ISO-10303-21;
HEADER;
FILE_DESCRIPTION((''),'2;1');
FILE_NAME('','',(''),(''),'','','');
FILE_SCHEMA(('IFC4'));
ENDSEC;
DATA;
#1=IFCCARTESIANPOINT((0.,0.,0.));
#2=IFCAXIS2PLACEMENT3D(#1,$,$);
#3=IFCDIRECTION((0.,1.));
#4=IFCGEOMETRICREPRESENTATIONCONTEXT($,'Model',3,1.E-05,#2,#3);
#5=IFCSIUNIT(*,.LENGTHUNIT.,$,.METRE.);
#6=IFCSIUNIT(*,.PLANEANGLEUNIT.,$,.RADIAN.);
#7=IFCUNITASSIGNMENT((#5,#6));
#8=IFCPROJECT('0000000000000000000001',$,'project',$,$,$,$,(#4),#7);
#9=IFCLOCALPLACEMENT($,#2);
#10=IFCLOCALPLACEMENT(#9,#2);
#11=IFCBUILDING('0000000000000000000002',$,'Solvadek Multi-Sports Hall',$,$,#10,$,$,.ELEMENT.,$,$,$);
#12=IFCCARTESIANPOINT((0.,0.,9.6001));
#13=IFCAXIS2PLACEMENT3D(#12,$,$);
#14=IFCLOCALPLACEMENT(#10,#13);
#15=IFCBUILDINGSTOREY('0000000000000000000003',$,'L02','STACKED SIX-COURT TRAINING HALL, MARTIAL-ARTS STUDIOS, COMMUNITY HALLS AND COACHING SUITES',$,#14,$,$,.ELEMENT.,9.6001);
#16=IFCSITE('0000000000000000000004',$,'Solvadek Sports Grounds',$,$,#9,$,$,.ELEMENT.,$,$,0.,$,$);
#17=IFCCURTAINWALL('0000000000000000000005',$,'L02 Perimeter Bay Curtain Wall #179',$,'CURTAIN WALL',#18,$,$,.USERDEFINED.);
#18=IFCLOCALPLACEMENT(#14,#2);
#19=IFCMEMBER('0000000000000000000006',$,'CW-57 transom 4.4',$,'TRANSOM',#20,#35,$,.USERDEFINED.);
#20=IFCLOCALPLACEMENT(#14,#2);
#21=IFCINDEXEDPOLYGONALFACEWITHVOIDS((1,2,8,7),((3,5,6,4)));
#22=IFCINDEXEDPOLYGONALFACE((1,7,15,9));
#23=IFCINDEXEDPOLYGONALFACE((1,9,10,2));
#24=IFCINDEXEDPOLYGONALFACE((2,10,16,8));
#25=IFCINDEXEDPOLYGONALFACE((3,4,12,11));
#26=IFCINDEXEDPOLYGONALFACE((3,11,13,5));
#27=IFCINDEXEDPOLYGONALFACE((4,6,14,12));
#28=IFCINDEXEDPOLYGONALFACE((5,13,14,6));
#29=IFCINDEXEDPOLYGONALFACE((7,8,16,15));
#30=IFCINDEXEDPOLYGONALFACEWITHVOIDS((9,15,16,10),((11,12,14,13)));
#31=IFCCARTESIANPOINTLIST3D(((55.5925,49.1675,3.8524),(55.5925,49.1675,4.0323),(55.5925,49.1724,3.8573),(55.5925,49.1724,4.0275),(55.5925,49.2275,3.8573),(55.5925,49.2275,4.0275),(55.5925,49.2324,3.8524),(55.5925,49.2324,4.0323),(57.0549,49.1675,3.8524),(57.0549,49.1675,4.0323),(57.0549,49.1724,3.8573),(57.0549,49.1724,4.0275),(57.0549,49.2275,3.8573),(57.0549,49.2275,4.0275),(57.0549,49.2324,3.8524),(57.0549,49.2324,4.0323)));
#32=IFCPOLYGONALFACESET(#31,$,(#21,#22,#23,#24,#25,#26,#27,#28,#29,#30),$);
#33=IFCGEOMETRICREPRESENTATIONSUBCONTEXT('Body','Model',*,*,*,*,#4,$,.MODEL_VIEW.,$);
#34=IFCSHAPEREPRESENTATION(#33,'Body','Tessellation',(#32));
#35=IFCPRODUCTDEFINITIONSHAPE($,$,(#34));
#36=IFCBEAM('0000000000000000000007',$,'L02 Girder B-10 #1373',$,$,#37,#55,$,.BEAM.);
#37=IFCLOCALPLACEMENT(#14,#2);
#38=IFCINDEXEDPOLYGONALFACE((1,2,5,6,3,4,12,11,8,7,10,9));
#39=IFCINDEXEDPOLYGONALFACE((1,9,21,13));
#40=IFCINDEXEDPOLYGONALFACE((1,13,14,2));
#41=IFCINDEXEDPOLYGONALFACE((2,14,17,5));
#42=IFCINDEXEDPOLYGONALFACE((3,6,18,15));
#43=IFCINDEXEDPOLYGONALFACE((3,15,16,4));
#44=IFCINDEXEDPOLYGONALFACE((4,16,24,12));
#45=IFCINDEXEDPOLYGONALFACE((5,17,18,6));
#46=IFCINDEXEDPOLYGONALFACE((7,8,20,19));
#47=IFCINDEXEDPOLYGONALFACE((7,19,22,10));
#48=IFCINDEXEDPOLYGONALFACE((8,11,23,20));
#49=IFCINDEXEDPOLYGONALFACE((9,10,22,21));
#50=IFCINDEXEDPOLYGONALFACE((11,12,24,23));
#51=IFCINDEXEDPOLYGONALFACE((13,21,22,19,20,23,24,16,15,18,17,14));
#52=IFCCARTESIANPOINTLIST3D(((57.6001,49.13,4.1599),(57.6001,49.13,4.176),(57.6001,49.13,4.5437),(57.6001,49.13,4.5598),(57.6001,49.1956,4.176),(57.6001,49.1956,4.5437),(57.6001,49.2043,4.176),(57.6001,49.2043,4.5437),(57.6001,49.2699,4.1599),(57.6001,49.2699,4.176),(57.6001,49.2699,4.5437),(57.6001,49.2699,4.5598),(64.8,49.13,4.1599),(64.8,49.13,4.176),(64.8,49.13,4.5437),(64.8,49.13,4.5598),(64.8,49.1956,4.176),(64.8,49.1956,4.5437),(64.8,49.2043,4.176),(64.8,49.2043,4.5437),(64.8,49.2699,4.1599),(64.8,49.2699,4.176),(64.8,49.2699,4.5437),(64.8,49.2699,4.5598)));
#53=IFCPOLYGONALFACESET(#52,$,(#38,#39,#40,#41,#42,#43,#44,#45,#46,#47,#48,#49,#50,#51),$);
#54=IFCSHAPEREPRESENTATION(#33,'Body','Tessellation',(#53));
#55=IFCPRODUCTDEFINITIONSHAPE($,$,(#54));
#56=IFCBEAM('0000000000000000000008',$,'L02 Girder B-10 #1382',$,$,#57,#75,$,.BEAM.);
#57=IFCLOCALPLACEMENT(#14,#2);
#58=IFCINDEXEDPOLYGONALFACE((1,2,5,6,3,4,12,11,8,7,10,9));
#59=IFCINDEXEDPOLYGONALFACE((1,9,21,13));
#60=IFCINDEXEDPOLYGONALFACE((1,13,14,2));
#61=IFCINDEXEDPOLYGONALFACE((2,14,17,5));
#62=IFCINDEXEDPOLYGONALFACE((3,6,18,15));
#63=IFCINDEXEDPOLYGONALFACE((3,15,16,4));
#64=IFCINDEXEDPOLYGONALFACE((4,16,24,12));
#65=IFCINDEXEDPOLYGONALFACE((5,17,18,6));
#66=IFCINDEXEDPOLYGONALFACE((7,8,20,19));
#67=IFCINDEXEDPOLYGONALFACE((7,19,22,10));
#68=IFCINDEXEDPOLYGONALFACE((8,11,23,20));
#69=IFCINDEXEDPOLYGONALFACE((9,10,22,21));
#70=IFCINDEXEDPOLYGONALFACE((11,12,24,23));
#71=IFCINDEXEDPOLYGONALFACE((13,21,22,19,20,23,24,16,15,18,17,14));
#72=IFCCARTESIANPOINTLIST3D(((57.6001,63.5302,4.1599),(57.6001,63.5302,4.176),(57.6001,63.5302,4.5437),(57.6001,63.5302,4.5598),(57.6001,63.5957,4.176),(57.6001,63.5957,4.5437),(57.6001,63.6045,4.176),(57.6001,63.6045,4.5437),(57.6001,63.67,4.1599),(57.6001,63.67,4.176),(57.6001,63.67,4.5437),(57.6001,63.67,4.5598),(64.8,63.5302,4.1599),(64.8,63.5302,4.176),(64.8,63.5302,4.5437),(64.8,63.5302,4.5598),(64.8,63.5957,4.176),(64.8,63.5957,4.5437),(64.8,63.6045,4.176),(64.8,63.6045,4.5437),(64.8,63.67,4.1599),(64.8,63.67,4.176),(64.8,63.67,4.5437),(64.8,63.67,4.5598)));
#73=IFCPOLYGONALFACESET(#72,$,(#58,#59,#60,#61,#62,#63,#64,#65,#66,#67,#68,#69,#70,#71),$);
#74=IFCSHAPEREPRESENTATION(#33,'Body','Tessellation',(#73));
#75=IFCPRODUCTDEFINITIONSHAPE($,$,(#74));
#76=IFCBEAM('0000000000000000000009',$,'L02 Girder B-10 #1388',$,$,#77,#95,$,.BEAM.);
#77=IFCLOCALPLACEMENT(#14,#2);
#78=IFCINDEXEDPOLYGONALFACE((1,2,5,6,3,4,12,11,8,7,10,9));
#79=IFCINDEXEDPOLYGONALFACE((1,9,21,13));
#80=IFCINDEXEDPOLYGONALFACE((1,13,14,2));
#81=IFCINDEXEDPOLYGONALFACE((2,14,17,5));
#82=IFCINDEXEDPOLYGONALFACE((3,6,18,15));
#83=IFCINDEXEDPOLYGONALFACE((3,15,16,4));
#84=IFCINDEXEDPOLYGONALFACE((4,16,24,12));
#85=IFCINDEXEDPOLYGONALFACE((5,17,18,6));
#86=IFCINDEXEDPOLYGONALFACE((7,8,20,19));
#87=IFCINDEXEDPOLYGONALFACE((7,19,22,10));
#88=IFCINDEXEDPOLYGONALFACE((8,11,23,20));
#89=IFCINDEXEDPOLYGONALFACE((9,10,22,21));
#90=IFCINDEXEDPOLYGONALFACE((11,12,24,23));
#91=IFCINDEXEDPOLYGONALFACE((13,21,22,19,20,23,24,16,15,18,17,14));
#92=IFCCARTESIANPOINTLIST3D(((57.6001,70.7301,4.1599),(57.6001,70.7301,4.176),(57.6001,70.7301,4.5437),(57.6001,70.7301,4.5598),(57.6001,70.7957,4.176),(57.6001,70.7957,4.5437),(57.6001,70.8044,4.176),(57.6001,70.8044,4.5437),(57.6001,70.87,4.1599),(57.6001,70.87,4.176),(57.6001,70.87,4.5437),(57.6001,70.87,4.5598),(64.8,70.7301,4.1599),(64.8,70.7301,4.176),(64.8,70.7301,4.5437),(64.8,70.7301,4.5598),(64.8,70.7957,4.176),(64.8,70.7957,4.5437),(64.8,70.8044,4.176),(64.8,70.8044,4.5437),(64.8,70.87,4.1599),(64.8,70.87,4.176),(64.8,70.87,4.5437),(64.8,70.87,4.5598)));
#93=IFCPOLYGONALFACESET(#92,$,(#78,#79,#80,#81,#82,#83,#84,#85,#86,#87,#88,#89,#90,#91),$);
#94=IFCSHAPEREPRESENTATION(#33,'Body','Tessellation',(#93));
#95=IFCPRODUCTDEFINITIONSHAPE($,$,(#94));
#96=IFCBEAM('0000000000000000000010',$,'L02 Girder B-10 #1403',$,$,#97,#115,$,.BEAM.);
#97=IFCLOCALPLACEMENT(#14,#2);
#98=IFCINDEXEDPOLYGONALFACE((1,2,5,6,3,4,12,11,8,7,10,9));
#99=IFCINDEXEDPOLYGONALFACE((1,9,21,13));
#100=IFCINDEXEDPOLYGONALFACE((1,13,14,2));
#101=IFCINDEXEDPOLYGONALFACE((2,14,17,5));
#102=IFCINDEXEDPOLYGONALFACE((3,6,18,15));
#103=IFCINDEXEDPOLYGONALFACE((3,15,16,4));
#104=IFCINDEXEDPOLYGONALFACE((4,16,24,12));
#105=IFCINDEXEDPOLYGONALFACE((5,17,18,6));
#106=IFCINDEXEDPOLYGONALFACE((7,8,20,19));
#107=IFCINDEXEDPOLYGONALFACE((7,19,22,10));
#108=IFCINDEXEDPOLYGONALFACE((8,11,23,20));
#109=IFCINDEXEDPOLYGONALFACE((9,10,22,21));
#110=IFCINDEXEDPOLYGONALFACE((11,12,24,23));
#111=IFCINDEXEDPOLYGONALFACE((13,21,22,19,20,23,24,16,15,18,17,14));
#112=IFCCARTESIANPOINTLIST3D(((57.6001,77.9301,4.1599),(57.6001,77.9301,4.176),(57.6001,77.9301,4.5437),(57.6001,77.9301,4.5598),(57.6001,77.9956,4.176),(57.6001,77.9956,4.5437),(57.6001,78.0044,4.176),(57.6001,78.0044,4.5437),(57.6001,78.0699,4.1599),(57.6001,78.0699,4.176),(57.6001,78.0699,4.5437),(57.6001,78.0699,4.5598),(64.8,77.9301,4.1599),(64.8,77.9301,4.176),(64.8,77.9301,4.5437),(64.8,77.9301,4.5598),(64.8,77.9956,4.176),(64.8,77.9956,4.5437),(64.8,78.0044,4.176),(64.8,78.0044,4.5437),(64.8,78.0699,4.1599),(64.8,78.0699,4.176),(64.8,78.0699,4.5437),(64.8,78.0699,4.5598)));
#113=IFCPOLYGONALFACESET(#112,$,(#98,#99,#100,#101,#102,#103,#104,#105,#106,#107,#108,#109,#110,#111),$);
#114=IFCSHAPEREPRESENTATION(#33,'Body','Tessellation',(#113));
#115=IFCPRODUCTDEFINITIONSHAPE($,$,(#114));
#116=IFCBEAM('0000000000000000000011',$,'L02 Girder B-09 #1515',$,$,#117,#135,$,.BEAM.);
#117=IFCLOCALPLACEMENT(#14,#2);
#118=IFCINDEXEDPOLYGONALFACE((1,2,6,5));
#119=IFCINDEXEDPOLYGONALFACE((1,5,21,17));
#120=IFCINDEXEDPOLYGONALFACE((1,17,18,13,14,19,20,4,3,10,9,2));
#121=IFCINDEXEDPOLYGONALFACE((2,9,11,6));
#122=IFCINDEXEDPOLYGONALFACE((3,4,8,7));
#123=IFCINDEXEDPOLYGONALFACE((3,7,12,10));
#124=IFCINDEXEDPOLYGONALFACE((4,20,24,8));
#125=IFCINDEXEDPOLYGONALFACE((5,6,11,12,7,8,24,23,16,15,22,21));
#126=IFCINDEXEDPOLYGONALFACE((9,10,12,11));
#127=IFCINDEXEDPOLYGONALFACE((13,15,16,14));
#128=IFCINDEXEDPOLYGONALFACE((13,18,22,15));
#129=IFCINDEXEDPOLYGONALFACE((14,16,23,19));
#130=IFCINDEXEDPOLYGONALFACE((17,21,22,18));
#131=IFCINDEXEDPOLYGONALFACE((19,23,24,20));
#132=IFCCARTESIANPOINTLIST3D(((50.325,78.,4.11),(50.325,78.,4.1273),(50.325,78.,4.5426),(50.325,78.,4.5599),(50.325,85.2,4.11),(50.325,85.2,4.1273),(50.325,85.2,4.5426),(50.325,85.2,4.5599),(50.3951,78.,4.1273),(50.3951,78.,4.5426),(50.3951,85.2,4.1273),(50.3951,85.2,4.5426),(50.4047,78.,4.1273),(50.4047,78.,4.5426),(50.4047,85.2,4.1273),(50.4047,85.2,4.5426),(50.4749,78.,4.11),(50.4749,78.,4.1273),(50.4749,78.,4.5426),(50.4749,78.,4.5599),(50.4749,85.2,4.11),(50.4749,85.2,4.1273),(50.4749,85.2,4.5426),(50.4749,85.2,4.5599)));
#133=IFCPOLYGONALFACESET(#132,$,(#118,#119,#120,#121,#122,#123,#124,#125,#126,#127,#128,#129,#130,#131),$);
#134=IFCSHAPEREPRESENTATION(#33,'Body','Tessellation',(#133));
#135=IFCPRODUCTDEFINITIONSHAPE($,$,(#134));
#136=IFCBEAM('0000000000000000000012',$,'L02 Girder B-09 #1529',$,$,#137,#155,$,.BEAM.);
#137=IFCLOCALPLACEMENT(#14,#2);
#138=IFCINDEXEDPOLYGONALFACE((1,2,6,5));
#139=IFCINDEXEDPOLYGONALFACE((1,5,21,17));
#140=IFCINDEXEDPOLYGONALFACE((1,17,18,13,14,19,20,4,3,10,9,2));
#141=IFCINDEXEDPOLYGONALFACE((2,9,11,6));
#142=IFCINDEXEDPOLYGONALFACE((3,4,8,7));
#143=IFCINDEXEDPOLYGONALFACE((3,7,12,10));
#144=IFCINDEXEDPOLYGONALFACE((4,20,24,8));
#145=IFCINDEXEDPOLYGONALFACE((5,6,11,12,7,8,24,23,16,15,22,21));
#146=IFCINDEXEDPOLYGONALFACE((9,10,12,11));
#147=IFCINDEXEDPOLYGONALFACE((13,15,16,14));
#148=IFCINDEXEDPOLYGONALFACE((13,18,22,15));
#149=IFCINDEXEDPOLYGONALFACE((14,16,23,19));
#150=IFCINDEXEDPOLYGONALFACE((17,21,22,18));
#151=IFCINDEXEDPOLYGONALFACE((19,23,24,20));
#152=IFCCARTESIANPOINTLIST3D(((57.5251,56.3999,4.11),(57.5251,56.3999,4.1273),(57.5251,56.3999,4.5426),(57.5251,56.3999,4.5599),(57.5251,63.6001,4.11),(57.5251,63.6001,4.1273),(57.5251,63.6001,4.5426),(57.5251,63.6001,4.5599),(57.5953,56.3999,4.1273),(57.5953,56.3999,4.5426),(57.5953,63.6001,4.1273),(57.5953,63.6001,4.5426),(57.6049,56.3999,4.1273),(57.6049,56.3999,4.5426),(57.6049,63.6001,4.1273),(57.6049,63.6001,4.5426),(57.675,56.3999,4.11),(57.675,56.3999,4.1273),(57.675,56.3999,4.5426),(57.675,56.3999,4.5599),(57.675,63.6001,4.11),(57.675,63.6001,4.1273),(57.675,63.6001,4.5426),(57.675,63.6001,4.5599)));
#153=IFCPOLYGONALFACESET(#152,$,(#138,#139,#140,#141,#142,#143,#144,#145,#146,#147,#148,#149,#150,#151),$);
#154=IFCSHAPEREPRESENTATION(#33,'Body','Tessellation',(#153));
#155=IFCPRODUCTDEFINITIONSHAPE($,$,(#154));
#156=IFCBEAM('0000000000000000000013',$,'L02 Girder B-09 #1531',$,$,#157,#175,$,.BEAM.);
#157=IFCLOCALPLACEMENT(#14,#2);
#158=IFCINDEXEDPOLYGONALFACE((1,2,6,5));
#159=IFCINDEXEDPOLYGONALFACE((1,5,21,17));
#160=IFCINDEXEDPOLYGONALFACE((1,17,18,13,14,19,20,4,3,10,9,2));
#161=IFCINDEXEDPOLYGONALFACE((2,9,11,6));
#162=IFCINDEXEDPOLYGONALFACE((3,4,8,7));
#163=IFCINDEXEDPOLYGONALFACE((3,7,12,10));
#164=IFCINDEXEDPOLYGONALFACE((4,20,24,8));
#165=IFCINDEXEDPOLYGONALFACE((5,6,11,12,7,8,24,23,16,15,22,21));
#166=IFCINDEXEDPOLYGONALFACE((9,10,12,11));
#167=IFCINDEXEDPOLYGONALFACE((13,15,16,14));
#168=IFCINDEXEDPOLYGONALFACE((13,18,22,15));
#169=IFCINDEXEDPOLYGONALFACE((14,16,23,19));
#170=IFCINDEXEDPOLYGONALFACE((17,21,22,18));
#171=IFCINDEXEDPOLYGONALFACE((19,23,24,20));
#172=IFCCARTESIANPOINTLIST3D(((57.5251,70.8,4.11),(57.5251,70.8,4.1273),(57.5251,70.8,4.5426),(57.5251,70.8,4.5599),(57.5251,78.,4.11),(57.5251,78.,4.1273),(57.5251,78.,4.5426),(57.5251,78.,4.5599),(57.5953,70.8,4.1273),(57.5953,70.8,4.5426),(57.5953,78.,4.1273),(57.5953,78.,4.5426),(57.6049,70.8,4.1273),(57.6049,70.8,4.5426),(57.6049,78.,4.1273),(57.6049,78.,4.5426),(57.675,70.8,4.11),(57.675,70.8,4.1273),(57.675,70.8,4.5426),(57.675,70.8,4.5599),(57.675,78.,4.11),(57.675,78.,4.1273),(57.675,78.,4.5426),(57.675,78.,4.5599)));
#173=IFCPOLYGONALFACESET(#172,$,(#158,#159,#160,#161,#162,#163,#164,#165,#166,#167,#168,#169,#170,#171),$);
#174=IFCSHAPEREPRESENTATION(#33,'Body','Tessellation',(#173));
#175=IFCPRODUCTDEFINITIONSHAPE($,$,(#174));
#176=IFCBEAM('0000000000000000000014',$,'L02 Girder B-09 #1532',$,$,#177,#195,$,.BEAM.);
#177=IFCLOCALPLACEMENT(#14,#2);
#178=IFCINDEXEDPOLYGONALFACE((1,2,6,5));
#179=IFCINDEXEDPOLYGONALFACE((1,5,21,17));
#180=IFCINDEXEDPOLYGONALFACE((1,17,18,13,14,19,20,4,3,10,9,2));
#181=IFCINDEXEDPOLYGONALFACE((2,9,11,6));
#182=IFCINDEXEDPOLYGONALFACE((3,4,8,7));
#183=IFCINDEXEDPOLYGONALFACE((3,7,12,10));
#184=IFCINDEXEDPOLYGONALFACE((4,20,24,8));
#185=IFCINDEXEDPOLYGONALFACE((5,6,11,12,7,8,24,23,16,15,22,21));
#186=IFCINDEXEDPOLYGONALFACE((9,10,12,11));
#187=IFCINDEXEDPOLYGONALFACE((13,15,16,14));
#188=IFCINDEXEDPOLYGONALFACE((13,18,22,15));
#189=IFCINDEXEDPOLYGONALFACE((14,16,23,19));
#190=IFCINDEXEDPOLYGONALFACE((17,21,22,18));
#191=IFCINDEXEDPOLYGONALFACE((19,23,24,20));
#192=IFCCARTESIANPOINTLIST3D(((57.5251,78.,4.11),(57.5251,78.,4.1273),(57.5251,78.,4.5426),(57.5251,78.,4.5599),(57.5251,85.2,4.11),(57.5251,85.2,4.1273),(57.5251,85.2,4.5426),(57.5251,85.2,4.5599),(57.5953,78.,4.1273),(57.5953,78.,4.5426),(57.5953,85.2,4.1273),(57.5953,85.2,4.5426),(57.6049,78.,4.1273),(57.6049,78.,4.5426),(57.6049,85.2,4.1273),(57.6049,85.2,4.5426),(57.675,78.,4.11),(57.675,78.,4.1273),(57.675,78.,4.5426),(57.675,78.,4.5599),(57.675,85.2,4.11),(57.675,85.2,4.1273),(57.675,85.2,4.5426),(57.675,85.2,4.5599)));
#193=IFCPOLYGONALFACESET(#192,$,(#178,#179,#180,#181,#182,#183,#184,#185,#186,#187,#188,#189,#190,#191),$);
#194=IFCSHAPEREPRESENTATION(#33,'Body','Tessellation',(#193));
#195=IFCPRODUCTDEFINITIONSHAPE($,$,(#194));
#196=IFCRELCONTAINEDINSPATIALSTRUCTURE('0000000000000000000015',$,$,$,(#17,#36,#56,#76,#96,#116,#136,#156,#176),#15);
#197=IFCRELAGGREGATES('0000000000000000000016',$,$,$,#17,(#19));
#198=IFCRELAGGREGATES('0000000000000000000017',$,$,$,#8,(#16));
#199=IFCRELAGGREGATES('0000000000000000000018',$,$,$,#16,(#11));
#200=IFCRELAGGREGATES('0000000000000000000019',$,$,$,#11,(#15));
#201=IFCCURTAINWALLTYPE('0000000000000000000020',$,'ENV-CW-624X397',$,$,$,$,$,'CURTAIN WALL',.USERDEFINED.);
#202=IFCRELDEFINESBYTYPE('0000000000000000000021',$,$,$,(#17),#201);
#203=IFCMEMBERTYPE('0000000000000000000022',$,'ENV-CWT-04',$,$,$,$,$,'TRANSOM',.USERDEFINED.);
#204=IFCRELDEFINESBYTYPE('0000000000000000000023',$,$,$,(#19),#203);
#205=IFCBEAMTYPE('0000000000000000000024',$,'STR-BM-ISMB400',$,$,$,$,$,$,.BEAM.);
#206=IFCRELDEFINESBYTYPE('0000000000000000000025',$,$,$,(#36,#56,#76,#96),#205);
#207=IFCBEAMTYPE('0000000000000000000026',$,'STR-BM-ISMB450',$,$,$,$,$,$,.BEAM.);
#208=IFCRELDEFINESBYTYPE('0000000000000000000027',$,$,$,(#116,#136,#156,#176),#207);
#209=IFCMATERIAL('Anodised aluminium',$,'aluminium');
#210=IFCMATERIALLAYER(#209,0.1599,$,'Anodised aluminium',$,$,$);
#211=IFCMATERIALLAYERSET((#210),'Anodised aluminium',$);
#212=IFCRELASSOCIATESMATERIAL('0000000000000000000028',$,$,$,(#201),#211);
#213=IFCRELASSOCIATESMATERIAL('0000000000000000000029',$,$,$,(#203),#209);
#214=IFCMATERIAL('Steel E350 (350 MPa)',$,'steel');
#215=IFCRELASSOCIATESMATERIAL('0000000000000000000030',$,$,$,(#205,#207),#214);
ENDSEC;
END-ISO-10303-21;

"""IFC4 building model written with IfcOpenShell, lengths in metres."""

from ifc_helpers import new_model, si_unit, direction, frame, origin, origin_2d, place, context, subcontext, project, spatial, hollow_rectangle, i_section, extrude, material, layer, layer_set, material_profile, profile_set, type_object, element, aggregate, save


model = new_model("IFC4")

# Units and contexts
model_context = context("Model", 3, precision=1e-05, world=origin(), true_north=direction((0.0, 1.0)))
body_context = subcontext(model_context, "Body", "Model", "MODEL_VIEW")
ifc_project = project(units=[si_unit("LENGTHUNIT", "METRE"), si_unit("PLANEANGLEUNIT", "RADIAN")], contexts=[model_context])

# Site, building, storey
site_placement = place(None, origin())
site = spatial("IfcSite", under=ifc_project, at=site_placement, Name="Solvadek Sports Grounds", CompositionType="ELEMENT", RefElevation=0.0)
building_placement = place(site_placement, origin())
building = spatial("IfcBuilding", under=site, at=building_placement, Name="Solvadek Multi-Sports Hall", CompositionType="ELEMENT")
storey_placement = place(building_placement, frame((0.0, 0.0, 9.6001)))
storey = spatial("IfcBuildingStorey", under=building, at=storey_placement, Name="L02", Description="STACKED SIX-COURT TRAINING HALL, MARTIAL-ARTS STUDIOS, COMMUNITY HALLS AND COACHING SUITES", CompositionType="ELEMENT", Elevation=9.6001)

# Shared definitions
ifc_material_1 = material(Name="Steel E350 (350 MPa)", Category="steel")

# Curtain wall, member
ifc_material_2 = material(Name="Anodised aluminium", Category="aluminium")
ifc_layer_1 = layer(ifc_material_2, 0.1599, Name="Anodised aluminium")
ifc_layer_set_1 = layer_set([ifc_layer_1], Name="Anodised aluminium")
curtain_wall_type = type_object("IfcCurtainWallType", Name="ENV-CW-624X397", ElementType="CURTAIN WALL", PredefinedType="USERDEFINED", material=ifc_layer_set_1)
curtain_wall_placement = place(storey_placement, origin())
curtain_wall = element("IfcCurtainWall", 1, at=curtain_wall_placement, inside=storey, type_object=curtain_wall_type, Name="L02 Perimeter Bay Curtain Wall #179", ObjectType="CURTAIN WALL", PredefinedType="USERDEFINED")
ifc_material_profile_1 = material_profile(ifc_material_2, hollow_rectangle(XDim=0.0649, YDim=0.1799, WallThickness=0.0049, at=origin_2d()), Name="ALU-T 180x65x5")
ifc_profile_set_1 = profile_set([ifc_material_profile_1], Name="Anodised aluminium")
member_type_1 = type_object("IfcMemberType", Name="ENV-CWT-04", ElementType="TRANSOM", PredefinedType="USERDEFINED", material=ifc_profile_set_1)
member_1_placement = place(storey_placement, frame((55.5925, 49.2, 3.9424), z_axis=(1.0, 0.0, 0.0), x_axis=(0.0, 1.0, 0.0)))
member_1 = element("IfcMember", 2, at=member_1_placement, type_object=member_type_1, Name="CW-57 transom 4.4", ObjectType="TRANSOM", PredefinedType="USERDEFINED", context=body_context, shape_type="SweptSolid", body=[
    extrude(hollow_rectangle(XDim=0.0649, YDim=0.1799, WallThickness=0.0049, at=origin_2d()), origin(), (0.0, 0.0, 1.0), 1.4624),
])

# Beams
ifc_material_profile_2 = material_profile(ifc_material_1, i_section(OverallWidth=0.1399, OverallDepth=0.3999, WebThickness=0.0088, FlangeThickness=0.0161, at=origin_2d()), Name="ISMB 400")
ifc_profile_set_2 = profile_set([ifc_material_profile_2], Name="Steel E350 (350 MPa)")
beam_type_1 = type_object("IfcBeamType", Name="STR-BM-ISMB400", PredefinedType="BEAM", material=ifc_profile_set_2)
for number, where, z_axis, x_axis, name in (
    (3, (57.6001, 49.2, 4.3599), (1.0, 0.0, 0.0), (0.0, 1.0, 0.0), "L02 Girder B-10 #1373"),
    (4, (57.6001, 63.6001, 4.3599), (1.0, 0.0, 0.0), (0.0, 1.0, 0.0), "L02 Girder B-10 #1382"),
    (5, (57.6001, 70.8, 4.3599), (1.0, 0.0, 0.0), (0.0, 1.0, 0.0), "L02 Girder B-10 #1388"),
    (6, (57.6001, 78.0, 4.3599), (1.0, 0.0, 0.0), (0.0, 1.0, 0.0), "L02 Girder B-10 #1403"),
):
    element("IfcBeam", number, at=place(storey_placement, frame(where, z_axis=z_axis, x_axis=x_axis)), inside=storey, type_object=beam_type_1, Name=name, PredefinedType="BEAM", context=body_context, shape_type="SweptSolid", body=[
        extrude(i_section(OverallWidth=0.1399, OverallDepth=0.3999, WebThickness=0.0088, FlangeThickness=0.0161, at=origin_2d()), origin(), (0.0, 0.0, 1.0), 7.2),
    ])
ifc_material_profile_3 = material_profile(ifc_material_1, i_section(OverallWidth=0.1499, OverallDepth=0.45, WebThickness=0.0095, FlangeThickness=0.0173, at=origin_2d()), Name="ISMB 450")
ifc_profile_set_3 = profile_set([ifc_material_profile_3], Name="Steel E350 (350 MPa)")
beam_type_2 = type_object("IfcBeamType", Name="STR-BM-ISMB450", PredefinedType="BEAM", material=ifc_profile_set_3)
beam_1_placement = place(storey_placement, frame((50.3999, 78.0, 4.335), z_axis=(0.0, 1.0, 0.0), x_axis=(-1.0, 0.0, 0.0)))
element("IfcBeam", 7, at=beam_1_placement, inside=storey, type_object=beam_type_2, Name="L02 Girder B-09 #1515", PredefinedType="BEAM", context=body_context, shape_type="SweptSolid", body=[
    extrude(i_section(OverallWidth=0.1499, OverallDepth=0.45, WebThickness=0.0095, FlangeThickness=0.0173, at=origin_2d()), origin(), (0.0, 0.0, 1.0), 7.2),
])
beam_2_placement = place(storey_placement, frame((57.6001, 56.3999, 4.335), z_axis=(0.0, 1.0, 0.0), x_axis=(-1.0, 0.0, 0.0)))
element("IfcBeam", 8, at=beam_2_placement, inside=storey, type_object=beam_type_2, Name="L02 Girder B-09 #1529", PredefinedType="BEAM", context=body_context, shape_type="SweptSolid", body=[
    extrude(i_section(OverallWidth=0.1499, OverallDepth=0.45, WebThickness=0.0095, FlangeThickness=0.0173, at=origin_2d()), origin(), (0.0, 0.0, 1.0), 7.2002),
])
for number, where, z_axis, x_axis, name in (
    (9, (57.6001, 70.8, 4.335), (0.0, 1.0, 0.0), (-1.0, 0.0, 0.0), "L02 Girder B-09 #1531"),
    (10, (57.6001, 78.0, 4.335), (0.0, 1.0, 0.0), (-1.0, 0.0, 0.0), "L02 Girder B-09 #1532"),
):
    element("IfcBeam", number, at=place(storey_placement, frame(where, z_axis=z_axis, x_axis=x_axis)), inside=storey, type_object=beam_type_2, Name=name, PredefinedType="BEAM", context=body_context, shape_type="SweptSolid", body=[
        extrude(i_section(OverallWidth=0.1499, OverallDepth=0.45, WebThickness=0.0095, FlangeThickness=0.0173, at=origin_2d()), origin(), (0.0, 0.0, 1.0), 7.2),
    ])

aggregate(curtain_wall, [member_1])

save(model, "model.ifc")
